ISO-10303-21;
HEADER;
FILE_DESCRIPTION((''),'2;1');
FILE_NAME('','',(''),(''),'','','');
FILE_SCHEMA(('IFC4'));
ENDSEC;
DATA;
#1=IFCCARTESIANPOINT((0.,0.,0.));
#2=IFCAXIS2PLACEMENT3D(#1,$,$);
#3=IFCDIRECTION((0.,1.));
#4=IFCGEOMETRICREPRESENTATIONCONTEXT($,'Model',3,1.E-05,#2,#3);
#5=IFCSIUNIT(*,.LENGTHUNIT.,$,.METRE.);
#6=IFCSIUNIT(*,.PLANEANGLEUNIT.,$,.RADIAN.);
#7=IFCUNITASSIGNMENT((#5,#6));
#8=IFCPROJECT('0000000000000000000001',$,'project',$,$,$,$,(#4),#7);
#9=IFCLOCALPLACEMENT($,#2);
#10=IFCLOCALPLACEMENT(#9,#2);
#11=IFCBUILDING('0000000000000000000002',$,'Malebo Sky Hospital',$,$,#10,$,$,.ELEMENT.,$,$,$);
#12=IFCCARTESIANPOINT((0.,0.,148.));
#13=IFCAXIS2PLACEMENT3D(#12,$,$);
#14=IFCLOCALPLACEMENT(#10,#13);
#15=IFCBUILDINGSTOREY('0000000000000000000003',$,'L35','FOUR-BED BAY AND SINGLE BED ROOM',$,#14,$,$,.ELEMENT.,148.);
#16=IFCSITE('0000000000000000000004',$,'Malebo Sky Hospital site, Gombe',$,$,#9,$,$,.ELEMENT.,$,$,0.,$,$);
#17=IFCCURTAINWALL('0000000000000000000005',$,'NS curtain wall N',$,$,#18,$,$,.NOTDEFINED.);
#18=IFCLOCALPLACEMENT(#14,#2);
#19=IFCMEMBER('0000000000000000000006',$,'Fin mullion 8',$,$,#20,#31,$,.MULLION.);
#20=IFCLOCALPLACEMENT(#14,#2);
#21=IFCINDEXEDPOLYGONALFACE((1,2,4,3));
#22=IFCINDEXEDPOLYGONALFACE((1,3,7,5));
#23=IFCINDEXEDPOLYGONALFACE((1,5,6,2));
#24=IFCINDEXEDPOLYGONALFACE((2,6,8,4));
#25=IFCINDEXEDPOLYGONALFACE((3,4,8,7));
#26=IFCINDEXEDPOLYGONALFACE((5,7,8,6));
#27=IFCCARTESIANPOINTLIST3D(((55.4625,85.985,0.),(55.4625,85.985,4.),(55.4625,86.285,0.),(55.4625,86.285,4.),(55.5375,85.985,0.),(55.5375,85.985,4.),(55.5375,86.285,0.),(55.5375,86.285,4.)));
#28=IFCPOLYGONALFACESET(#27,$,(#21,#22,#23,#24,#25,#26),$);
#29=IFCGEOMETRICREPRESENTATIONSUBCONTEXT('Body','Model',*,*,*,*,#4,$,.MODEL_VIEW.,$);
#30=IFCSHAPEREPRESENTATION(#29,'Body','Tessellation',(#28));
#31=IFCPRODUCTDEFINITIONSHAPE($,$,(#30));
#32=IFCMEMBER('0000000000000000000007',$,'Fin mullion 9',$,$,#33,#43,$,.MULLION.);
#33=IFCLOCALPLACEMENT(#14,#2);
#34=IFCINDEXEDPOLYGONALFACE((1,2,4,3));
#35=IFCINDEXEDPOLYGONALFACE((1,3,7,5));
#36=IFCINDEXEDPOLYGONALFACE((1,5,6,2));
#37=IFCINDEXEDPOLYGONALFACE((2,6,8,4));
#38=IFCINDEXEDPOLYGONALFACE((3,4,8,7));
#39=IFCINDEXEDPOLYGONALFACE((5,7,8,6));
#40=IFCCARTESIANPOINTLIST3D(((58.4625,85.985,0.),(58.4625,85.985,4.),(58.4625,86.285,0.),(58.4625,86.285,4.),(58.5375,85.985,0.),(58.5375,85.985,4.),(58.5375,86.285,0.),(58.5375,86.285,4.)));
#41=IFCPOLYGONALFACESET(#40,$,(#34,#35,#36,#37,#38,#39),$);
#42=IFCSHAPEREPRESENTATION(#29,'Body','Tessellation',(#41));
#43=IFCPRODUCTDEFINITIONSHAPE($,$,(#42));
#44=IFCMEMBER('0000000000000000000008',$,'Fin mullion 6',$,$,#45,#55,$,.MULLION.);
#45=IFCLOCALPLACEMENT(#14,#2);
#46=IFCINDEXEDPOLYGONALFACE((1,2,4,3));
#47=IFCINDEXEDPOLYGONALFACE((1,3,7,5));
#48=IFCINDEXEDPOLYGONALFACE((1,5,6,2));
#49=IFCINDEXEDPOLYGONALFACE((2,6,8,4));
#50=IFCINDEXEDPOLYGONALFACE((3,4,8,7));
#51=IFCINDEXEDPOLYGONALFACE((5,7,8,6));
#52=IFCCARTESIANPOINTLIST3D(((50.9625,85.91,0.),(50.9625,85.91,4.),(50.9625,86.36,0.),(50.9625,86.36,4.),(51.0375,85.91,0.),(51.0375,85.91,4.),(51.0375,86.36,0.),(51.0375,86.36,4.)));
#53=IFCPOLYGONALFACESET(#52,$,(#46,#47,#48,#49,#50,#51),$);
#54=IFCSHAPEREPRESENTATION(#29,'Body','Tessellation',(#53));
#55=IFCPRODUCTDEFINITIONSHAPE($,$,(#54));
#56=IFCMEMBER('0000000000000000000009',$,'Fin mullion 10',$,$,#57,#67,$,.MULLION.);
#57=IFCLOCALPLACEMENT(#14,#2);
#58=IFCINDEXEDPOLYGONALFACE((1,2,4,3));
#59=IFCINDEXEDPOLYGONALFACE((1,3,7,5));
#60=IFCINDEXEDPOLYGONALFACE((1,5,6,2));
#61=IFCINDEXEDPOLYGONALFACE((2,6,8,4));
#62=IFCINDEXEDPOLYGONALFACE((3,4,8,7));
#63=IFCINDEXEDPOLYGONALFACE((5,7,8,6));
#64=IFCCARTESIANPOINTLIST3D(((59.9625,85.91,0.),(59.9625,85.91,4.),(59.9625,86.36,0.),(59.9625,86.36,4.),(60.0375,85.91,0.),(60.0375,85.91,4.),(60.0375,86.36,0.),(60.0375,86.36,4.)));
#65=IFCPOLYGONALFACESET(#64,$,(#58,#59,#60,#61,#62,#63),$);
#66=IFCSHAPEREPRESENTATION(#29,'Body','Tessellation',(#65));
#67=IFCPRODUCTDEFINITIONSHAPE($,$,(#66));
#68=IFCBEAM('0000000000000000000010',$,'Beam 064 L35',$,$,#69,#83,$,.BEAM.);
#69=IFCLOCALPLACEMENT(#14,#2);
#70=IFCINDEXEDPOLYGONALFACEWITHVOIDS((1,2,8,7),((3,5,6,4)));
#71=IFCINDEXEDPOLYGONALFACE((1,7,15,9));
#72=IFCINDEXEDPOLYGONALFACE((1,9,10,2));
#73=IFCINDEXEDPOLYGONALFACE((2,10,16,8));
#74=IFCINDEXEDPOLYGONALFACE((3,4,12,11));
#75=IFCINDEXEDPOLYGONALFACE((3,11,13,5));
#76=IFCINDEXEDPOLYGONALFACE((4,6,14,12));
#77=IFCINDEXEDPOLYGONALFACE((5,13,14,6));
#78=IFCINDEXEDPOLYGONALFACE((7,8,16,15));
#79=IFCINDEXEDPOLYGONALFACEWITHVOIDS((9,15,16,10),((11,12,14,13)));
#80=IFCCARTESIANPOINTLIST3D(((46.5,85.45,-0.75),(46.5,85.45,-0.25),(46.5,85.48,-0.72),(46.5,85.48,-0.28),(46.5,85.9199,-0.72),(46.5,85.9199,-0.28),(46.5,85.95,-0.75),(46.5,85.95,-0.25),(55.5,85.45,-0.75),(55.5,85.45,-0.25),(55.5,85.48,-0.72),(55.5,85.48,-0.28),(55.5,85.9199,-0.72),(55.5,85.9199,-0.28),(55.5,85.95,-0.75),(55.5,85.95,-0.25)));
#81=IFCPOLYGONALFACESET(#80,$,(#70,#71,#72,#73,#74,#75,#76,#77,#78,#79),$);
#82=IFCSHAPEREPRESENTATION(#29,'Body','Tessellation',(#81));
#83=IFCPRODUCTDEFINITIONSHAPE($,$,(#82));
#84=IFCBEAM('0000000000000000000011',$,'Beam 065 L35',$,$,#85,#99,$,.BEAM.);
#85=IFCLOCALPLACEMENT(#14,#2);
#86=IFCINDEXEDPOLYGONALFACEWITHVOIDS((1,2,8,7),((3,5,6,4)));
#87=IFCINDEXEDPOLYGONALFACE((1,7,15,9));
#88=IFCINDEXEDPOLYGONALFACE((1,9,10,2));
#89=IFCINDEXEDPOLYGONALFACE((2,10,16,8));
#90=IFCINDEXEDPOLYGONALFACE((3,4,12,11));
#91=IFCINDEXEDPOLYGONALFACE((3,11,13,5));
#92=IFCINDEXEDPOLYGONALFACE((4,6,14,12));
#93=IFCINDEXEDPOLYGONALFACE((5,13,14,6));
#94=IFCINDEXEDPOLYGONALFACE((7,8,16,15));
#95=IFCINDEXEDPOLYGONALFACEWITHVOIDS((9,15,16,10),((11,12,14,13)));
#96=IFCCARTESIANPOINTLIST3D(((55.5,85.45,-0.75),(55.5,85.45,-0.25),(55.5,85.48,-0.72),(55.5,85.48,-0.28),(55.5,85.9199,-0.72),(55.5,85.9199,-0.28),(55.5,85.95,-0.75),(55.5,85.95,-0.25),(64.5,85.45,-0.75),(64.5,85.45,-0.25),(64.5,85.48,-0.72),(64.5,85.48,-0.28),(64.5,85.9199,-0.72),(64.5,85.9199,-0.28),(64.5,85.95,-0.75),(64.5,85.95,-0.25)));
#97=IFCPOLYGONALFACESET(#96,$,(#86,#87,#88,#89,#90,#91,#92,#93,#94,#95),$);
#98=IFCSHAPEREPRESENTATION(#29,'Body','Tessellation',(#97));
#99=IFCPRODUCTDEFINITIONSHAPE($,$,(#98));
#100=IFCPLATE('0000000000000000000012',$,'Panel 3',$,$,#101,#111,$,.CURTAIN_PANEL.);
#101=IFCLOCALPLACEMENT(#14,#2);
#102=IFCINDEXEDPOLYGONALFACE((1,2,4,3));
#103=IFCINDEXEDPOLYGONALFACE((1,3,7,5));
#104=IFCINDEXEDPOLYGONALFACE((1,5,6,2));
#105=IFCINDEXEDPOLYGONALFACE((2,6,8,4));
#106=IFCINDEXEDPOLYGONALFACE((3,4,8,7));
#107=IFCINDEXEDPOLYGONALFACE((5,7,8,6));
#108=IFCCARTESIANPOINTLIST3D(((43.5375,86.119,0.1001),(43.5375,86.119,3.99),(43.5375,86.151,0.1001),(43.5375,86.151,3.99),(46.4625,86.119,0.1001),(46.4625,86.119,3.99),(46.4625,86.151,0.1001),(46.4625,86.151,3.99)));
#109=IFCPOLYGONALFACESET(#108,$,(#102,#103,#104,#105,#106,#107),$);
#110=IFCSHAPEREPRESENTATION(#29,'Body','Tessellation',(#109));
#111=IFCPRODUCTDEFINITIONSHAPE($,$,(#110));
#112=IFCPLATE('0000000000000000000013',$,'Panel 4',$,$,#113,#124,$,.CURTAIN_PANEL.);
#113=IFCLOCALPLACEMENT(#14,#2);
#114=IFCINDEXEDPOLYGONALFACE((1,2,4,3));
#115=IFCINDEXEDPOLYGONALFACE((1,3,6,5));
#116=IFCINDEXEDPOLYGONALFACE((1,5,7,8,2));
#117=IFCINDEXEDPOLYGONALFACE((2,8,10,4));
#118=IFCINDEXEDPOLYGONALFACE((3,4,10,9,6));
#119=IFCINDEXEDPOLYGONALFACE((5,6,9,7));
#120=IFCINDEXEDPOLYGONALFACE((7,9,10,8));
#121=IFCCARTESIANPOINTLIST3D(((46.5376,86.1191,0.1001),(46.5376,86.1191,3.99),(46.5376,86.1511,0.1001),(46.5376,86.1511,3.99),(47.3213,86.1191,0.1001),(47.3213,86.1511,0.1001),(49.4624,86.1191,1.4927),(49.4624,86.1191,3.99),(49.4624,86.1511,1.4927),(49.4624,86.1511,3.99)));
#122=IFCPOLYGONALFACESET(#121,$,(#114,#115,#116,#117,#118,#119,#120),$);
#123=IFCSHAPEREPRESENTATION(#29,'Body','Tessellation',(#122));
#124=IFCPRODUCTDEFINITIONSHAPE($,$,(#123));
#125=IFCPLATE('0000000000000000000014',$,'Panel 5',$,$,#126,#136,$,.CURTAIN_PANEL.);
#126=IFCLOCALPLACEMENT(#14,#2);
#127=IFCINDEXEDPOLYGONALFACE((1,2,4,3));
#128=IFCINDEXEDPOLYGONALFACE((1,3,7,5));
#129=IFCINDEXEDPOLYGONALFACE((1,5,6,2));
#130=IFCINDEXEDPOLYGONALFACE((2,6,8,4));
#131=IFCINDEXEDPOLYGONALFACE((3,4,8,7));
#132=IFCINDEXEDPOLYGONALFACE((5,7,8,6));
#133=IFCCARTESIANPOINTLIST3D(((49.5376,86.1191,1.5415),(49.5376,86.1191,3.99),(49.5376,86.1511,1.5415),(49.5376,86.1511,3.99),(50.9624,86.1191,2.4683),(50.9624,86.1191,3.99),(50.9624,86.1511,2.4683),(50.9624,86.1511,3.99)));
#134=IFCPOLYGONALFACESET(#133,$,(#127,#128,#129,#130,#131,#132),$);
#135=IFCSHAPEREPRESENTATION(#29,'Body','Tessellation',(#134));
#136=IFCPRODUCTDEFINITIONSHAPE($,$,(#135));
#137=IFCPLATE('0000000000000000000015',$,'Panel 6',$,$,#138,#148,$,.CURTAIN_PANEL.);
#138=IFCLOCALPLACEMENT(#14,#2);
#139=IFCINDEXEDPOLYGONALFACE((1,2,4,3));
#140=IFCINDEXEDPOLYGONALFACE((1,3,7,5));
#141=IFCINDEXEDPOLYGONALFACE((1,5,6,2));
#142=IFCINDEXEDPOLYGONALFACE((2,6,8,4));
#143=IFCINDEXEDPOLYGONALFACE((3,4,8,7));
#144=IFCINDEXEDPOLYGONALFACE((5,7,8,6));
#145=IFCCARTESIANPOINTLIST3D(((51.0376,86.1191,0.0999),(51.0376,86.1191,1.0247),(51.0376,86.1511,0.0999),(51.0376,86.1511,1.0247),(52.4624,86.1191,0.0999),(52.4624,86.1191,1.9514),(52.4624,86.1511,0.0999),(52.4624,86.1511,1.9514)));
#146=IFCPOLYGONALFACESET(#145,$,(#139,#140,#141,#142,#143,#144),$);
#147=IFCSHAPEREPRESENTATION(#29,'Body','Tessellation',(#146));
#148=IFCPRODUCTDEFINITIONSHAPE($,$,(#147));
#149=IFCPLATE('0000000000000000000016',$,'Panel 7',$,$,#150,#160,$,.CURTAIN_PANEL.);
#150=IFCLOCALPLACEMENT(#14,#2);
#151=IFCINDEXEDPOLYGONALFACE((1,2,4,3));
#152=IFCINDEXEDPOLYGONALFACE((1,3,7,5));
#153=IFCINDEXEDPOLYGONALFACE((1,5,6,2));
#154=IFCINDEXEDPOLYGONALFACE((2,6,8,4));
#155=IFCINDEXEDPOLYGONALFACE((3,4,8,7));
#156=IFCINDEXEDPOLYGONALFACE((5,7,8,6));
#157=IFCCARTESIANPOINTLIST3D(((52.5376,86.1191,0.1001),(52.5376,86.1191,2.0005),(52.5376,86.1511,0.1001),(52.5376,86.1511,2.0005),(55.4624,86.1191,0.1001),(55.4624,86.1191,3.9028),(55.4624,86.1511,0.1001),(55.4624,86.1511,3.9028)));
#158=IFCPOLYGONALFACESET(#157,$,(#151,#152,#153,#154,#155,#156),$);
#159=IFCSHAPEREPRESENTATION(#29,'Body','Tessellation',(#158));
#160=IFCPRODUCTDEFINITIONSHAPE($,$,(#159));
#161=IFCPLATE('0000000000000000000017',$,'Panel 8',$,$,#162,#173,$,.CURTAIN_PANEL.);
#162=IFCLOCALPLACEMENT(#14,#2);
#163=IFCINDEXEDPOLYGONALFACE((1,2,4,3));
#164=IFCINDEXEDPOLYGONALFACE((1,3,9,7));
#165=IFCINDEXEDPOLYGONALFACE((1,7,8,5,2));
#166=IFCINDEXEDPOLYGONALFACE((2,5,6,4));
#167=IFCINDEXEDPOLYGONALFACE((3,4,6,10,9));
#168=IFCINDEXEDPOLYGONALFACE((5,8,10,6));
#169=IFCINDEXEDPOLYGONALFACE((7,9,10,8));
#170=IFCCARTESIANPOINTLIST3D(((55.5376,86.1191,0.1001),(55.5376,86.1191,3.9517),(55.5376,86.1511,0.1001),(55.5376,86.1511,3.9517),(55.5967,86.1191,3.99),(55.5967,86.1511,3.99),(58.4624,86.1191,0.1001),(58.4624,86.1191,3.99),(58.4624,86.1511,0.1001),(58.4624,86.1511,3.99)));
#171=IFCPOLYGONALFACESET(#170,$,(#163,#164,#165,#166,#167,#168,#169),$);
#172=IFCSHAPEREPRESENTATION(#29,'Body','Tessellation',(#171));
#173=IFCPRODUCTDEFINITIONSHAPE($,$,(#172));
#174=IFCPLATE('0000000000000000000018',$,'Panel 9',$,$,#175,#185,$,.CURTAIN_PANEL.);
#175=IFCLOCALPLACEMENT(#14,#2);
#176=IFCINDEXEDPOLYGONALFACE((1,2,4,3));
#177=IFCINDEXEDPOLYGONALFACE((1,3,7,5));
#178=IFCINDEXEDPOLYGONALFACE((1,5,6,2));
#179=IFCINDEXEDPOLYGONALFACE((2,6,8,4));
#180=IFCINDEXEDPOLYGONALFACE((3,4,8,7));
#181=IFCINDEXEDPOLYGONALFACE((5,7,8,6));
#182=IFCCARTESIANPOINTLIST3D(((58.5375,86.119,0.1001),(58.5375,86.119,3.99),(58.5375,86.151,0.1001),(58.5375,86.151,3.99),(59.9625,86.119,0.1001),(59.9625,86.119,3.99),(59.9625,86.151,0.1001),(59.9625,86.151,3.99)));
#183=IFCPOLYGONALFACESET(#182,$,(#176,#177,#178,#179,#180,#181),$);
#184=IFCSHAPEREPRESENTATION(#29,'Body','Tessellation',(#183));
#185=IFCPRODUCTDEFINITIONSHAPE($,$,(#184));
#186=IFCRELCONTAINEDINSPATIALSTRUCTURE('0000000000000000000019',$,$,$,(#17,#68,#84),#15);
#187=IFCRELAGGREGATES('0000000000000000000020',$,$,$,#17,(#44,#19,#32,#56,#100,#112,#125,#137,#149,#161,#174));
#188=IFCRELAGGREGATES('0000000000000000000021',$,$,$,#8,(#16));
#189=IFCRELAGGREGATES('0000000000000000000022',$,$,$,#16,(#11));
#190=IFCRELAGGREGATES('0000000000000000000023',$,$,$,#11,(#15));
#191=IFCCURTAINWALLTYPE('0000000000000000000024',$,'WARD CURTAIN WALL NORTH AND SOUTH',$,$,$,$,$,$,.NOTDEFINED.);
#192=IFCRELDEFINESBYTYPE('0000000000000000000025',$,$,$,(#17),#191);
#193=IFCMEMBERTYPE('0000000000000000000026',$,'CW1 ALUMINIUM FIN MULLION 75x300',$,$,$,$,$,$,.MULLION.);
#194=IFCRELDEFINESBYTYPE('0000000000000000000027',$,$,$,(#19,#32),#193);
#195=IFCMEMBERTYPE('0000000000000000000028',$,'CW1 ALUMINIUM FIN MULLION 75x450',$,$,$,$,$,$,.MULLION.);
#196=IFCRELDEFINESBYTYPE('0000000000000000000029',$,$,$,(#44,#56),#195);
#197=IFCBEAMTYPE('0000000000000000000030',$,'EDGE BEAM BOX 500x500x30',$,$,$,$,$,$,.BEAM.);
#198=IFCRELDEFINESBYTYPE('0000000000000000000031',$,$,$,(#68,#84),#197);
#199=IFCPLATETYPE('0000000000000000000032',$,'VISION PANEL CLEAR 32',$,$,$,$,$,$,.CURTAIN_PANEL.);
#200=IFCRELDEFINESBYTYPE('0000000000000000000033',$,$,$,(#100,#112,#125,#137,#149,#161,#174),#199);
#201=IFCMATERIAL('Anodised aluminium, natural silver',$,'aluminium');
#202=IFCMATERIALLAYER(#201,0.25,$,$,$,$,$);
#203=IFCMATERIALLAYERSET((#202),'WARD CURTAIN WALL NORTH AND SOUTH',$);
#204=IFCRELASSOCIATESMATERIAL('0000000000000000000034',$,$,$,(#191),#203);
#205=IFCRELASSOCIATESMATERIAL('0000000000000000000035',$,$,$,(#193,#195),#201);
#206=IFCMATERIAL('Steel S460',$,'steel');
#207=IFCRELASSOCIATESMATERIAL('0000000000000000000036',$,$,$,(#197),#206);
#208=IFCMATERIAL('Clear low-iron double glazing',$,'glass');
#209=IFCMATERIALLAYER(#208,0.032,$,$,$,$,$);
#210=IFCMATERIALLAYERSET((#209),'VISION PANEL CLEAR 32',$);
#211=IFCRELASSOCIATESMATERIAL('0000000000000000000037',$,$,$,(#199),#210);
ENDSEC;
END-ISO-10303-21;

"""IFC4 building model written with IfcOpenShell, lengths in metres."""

from ifc_helpers import new_model, si_unit, direction, frame, origin, origin_2d, place, context, subcontext, project, spatial, polyline, rectangle, hollow_rectangle, outline, extrude, material, layer, layer_set, material_profile, profile_set, type_object, element, aggregate, save


model = new_model("IFC4")

# Units and contexts
model_context = context("Model", 3, precision=1e-05, world=origin(), true_north=direction((0.0, 1.0)))
body_context = subcontext(model_context, "Body", "Model", "MODEL_VIEW")
ifc_project = project(units=[si_unit("LENGTHUNIT", "METRE"), si_unit("PLANEANGLEUNIT", "RADIAN")], contexts=[model_context])

# Site, building, storey
site_placement = place(None, origin())
site = spatial("IfcSite", under=ifc_project, at=site_placement, Name="Malebo Sky Hospital site, Gombe", CompositionType="ELEMENT", RefElevation=0.0)
building_placement = place(site_placement, origin())
building = spatial("IfcBuilding", under=site, at=building_placement, Name="Malebo Sky Hospital", CompositionType="ELEMENT")
storey_placement = place(building_placement, frame((0.0, 0.0, 148.0)))
storey = spatial("IfcBuildingStorey", under=building, at=storey_placement, Name="L35", Description="FOUR-BED BAY AND SINGLE BED ROOM", CompositionType="ELEMENT", Elevation=148.0)

# Shared definitions
ifc_material_1 = material(Name="Steel S460", Category="steel")

# Curtain wall
ifc_material_2 = material(Name="Anodised aluminium, natural silver", Category="aluminium")
ifc_layer_1 = layer(ifc_material_2, 0.25)
ifc_layer_set_1 = layer_set([ifc_layer_1], Name="WARD CURTAIN WALL NORTH AND SOUTH")
curtain_wall_type = type_object("IfcCurtainWallType", Name="WARD CURTAIN WALL NORTH AND SOUTH", PredefinedType="NOTDEFINED", material=ifc_layer_set_1)
curtain_wall_placement = place(storey_placement, origin())
curtain_wall = element("IfcCurtainWall", 1, at=curtain_wall_placement, inside=storey, type_object=curtain_wall_type, Name="NS curtain wall N", PredefinedType="NOTDEFINED")

# Members
ifc_material_profile_1 = material_profile(ifc_material_2, rectangle(XDim=0.075, YDim=0.3, at=origin_2d()), Name="CW1 ALUMINIUM FIN MULLION 75x300")
ifc_profile_set_1 = profile_set([ifc_material_profile_1], Name="Anodised aluminium, natural silver")
member_type_1 = type_object("IfcMemberType", Name="CW1 ALUMINIUM FIN MULLION 75x300", PredefinedType="MULLION", material=ifc_profile_set_1)
member_1_placement = place(storey_placement, frame((55.5, 86.135, 0.0), z_axis=(0.0, 0.0, 1.0), x_axis=(1.0, 0.0, 0.0)))
member_1 = element("IfcMember", 2, at=member_1_placement, type_object=member_type_1, Name="Fin mullion 8", PredefinedType="MULLION", context=body_context, shape_type="SweptSolid", body=[
    extrude(rectangle(XDim=0.075, YDim=0.3, at=origin_2d()), origin(), (0.0, 0.0, 1.0), 4.0),
])
member_2_placement = place(storey_placement, frame((58.5, 86.135, 0.0), z_axis=(0.0, 0.0, 1.0), x_axis=(1.0, 0.0, 0.0)))
member_2 = element("IfcMember", 3, at=member_2_placement, type_object=member_type_1, Name="Fin mullion 9", PredefinedType="MULLION", context=body_context, shape_type="SweptSolid", body=[
    extrude(rectangle(XDim=0.075, YDim=0.3, at=origin_2d()), origin(), (0.0, 0.0, 1.0), 4.0),
])
ifc_material_profile_2 = material_profile(ifc_material_2, rectangle(XDim=0.075, YDim=0.45, at=origin_2d()), Name="CW1 ALUMINIUM FIN MULLION 75x450")
ifc_profile_set_2 = profile_set([ifc_material_profile_2], Name="Anodised aluminium, natural silver")
member_type_2 = type_object("IfcMemberType", Name="CW1 ALUMINIUM FIN MULLION 75x450", PredefinedType="MULLION", material=ifc_profile_set_2)
member_3_placement = place(storey_placement, frame((51.0, 86.135, 0.0), z_axis=(0.0, 0.0, 1.0), x_axis=(1.0, 0.0, 0.0)))
member_3 = element("IfcMember", 4, at=member_3_placement, type_object=member_type_2, Name="Fin mullion 6", PredefinedType="MULLION", context=body_context, shape_type="SweptSolid", body=[
    extrude(rectangle(XDim=0.075, YDim=0.45, at=origin_2d()), origin(), (0.0, 0.0, 1.0), 4.0),
])
member_4_placement = place(storey_placement, frame((60.0, 86.135, 0.0), z_axis=(0.0, 0.0, 1.0), x_axis=(1.0, 0.0, 0.0)))
member_4 = element("IfcMember", 5, at=member_4_placement, type_object=member_type_2, Name="Fin mullion 10", PredefinedType="MULLION", context=body_context, shape_type="SweptSolid", body=[
    extrude(rectangle(XDim=0.075, YDim=0.45, at=origin_2d()), origin(), (0.0, 0.0, 1.0), 4.0),
])

# Beams
ifc_material_profile_3 = material_profile(ifc_material_1, hollow_rectangle(XDim=0.5, YDim=0.5, WallThickness=0.03, at=origin_2d()), Name="BOX 500x500x30")
ifc_profile_set_3 = profile_set([ifc_material_profile_3], Name="Steel S460")
beam_type = type_object("IfcBeamType", Name="EDGE BEAM BOX 500x500x30", PredefinedType="BEAM", material=ifc_profile_set_3)
for number, where, z_axis, x_axis, name in (
    (6, (46.5, 85.7, -0.5), (1.0, 0.0, 0.0), (0.0, 1.0, 0.0), "Beam 064 L35"),
    (7, (55.5, 85.7, -0.5), (1.0, 0.0, 0.0), (0.0, 1.0, 0.0), "Beam 065 L35"),
):
    element("IfcBeam", number, at=place(storey_placement, frame(where, z_axis=z_axis, x_axis=x_axis)), inside=storey, type_object=beam_type, Name=name, PredefinedType="BEAM", context=body_context, shape_type="SweptSolid", body=[
        extrude(hollow_rectangle(XDim=0.5, YDim=0.5, WallThickness=0.03, at=origin_2d()), origin(), (0.0, 0.0, 1.0), 9.0),
    ])

# Plates
ifc_material_3 = material(Name="Clear low-iron double glazing", Category="glass")
ifc_layer_2 = layer(ifc_material_3, 0.032)
ifc_layer_set_2 = layer_set([ifc_layer_2], Name="VISION PANEL CLEAR 32")
plate_type = type_object("IfcPlateType", Name="VISION PANEL CLEAR 32", PredefinedType="CURTAIN_PANEL", material=ifc_layer_set_2)
plate_1_placement = place(storey_placement, frame((45.0, 86.135, 0.1001), z_axis=(0.0, 0.0, 1.0), x_axis=(1.0, 0.0, 0.0)))
plate_1 = element("IfcPlate", 8, at=plate_1_placement, type_object=plate_type, Name="Panel 3", PredefinedType="CURTAIN_PANEL", context=body_context, shape_type="SweptSolid", body=[
    extrude(rectangle(XDim=2.925, YDim=0.032, at=origin_2d()), origin(), (0.0, 0.0, 1.0), 3.8899),
])
plate_2_placement = place(storey_placement, frame((48.0, 86.135, 0.1001), z_axis=(0.0, 0.0, 1.0), x_axis=(1.0, 0.0, 0.0)))
plate_2 = element("IfcPlate", 9, at=plate_2_placement, type_object=plate_type, Name="Panel 4", PredefinedType="CURTAIN_PANEL", context=body_context, shape_type="SweptSolid", body=[
    extrude(outline(polyline([(-1.4624, 0.0), (-0.6787, 0.0), (1.4624, 1.3926), (1.4624, 3.8899), (-1.4624, 3.8899), (-1.4624, 0.0)])), frame((0.0, 0.0161, 0.0), z_axis=(0.0, -1.0, 0.0), x_axis=(1.0, 0.0, 0.0)), (0.0, 0.0, 1.0), 0.032),
])
plate_3_placement = place(storey_placement, frame((50.25, 86.135, 1.5415), z_axis=(0.0, 0.0, 1.0), x_axis=(1.0, 0.0, 0.0)))
plate_3 = element("IfcPlate", 10, at=plate_3_placement, type_object=plate_type, Name="Panel 5", PredefinedType="CURTAIN_PANEL", context=body_context, shape_type="SweptSolid", body=[
    extrude(outline(polyline([(-0.7124, 0.0), (0.7124, 0.9268), (0.7124, 2.4485), (-0.7124, 2.4485), (-0.7124, 0.0)])), frame((0.0, 0.0161, 0.0), z_axis=(0.0, -1.0, 0.0), x_axis=(1.0, 0.0, 0.0)), (0.0, 0.0, 1.0), 0.032),
])
plate_4_placement = place(storey_placement, frame((51.75, 86.135, 0.0999), z_axis=(0.0, 0.0, 1.0), x_axis=(1.0, 0.0, 0.0)))
plate_4 = element("IfcPlate", 11, at=plate_4_placement, type_object=plate_type, Name="Panel 6", PredefinedType="CURTAIN_PANEL", context=body_context, shape_type="SweptSolid", body=[
    extrude(outline(polyline([(-0.7124, 0.0), (0.7124, 0.0), (0.7124, 1.8516), (-0.7124, 0.9248), (-0.7124, 0.0)])), frame((0.0, 0.0161, 0.0), z_axis=(0.0, -1.0, 0.0), x_axis=(1.0, 0.0, 0.0)), (0.0, 0.0, 1.0), 0.032),
])
plate_5_placement = place(storey_placement, frame((54.0, 86.135, 0.1001), z_axis=(0.0, 0.0, 1.0), x_axis=(1.0, 0.0, 0.0)))
plate_5 = element("IfcPlate", 12, at=plate_5_placement, type_object=plate_type, Name="Panel 7", PredefinedType="CURTAIN_PANEL", context=body_context, shape_type="SweptSolid", body=[
    extrude(outline(polyline([(-1.4624, 0.0), (1.4624, 0.0), (1.4624, 3.8027), (-1.4624, 1.9004), (-1.4624, 0.0)])), frame((0.0, 0.0161, 0.0), z_axis=(0.0, -1.0, 0.0), x_axis=(1.0, 0.0, 0.0)), (0.0, 0.0, 1.0), 0.032),
])
plate_6_placement = place(storey_placement, frame((57.0, 86.135, 0.1001), z_axis=(0.0, 0.0, 1.0), x_axis=(1.0, 0.0, 0.0)))
plate_6 = element("IfcPlate", 13, at=plate_6_placement, type_object=plate_type, Name="Panel 8", PredefinedType="CURTAIN_PANEL", context=body_context, shape_type="SweptSolid", body=[
    extrude(outline(polyline([(-1.4624, 0.0), (1.4624, 0.0), (1.4624, 3.8899), (-1.4033, 3.8899), (-1.4624, 3.8516), (-1.4624, 0.0)])), frame((0.0, 0.0161, 0.0), z_axis=(0.0, -1.0, 0.0), x_axis=(1.0, 0.0, 0.0)), (0.0, 0.0, 1.0), 0.032),
])
plate_7_placement = place(storey_placement, frame((59.25, 86.135, 0.1001), z_axis=(0.0, 0.0, 1.0), x_axis=(1.0, 0.0, 0.0)))
plate_7 = element("IfcPlate", 14, at=plate_7_placement, type_object=plate_type, Name="Panel 9", PredefinedType="CURTAIN_PANEL", context=body_context, shape_type="SweptSolid", body=[
    extrude(rectangle(XDim=1.425, YDim=0.032, at=origin_2d()), origin(), (0.0, 0.0, 1.0), 3.8899),
])
aggregate(curtain_wall, [member_3, member_1, member_2, member_4, plate_1, plate_2, plate_3, plate_4, plate_5, plate_6, plate_7])

save(model, "model.ifc")
